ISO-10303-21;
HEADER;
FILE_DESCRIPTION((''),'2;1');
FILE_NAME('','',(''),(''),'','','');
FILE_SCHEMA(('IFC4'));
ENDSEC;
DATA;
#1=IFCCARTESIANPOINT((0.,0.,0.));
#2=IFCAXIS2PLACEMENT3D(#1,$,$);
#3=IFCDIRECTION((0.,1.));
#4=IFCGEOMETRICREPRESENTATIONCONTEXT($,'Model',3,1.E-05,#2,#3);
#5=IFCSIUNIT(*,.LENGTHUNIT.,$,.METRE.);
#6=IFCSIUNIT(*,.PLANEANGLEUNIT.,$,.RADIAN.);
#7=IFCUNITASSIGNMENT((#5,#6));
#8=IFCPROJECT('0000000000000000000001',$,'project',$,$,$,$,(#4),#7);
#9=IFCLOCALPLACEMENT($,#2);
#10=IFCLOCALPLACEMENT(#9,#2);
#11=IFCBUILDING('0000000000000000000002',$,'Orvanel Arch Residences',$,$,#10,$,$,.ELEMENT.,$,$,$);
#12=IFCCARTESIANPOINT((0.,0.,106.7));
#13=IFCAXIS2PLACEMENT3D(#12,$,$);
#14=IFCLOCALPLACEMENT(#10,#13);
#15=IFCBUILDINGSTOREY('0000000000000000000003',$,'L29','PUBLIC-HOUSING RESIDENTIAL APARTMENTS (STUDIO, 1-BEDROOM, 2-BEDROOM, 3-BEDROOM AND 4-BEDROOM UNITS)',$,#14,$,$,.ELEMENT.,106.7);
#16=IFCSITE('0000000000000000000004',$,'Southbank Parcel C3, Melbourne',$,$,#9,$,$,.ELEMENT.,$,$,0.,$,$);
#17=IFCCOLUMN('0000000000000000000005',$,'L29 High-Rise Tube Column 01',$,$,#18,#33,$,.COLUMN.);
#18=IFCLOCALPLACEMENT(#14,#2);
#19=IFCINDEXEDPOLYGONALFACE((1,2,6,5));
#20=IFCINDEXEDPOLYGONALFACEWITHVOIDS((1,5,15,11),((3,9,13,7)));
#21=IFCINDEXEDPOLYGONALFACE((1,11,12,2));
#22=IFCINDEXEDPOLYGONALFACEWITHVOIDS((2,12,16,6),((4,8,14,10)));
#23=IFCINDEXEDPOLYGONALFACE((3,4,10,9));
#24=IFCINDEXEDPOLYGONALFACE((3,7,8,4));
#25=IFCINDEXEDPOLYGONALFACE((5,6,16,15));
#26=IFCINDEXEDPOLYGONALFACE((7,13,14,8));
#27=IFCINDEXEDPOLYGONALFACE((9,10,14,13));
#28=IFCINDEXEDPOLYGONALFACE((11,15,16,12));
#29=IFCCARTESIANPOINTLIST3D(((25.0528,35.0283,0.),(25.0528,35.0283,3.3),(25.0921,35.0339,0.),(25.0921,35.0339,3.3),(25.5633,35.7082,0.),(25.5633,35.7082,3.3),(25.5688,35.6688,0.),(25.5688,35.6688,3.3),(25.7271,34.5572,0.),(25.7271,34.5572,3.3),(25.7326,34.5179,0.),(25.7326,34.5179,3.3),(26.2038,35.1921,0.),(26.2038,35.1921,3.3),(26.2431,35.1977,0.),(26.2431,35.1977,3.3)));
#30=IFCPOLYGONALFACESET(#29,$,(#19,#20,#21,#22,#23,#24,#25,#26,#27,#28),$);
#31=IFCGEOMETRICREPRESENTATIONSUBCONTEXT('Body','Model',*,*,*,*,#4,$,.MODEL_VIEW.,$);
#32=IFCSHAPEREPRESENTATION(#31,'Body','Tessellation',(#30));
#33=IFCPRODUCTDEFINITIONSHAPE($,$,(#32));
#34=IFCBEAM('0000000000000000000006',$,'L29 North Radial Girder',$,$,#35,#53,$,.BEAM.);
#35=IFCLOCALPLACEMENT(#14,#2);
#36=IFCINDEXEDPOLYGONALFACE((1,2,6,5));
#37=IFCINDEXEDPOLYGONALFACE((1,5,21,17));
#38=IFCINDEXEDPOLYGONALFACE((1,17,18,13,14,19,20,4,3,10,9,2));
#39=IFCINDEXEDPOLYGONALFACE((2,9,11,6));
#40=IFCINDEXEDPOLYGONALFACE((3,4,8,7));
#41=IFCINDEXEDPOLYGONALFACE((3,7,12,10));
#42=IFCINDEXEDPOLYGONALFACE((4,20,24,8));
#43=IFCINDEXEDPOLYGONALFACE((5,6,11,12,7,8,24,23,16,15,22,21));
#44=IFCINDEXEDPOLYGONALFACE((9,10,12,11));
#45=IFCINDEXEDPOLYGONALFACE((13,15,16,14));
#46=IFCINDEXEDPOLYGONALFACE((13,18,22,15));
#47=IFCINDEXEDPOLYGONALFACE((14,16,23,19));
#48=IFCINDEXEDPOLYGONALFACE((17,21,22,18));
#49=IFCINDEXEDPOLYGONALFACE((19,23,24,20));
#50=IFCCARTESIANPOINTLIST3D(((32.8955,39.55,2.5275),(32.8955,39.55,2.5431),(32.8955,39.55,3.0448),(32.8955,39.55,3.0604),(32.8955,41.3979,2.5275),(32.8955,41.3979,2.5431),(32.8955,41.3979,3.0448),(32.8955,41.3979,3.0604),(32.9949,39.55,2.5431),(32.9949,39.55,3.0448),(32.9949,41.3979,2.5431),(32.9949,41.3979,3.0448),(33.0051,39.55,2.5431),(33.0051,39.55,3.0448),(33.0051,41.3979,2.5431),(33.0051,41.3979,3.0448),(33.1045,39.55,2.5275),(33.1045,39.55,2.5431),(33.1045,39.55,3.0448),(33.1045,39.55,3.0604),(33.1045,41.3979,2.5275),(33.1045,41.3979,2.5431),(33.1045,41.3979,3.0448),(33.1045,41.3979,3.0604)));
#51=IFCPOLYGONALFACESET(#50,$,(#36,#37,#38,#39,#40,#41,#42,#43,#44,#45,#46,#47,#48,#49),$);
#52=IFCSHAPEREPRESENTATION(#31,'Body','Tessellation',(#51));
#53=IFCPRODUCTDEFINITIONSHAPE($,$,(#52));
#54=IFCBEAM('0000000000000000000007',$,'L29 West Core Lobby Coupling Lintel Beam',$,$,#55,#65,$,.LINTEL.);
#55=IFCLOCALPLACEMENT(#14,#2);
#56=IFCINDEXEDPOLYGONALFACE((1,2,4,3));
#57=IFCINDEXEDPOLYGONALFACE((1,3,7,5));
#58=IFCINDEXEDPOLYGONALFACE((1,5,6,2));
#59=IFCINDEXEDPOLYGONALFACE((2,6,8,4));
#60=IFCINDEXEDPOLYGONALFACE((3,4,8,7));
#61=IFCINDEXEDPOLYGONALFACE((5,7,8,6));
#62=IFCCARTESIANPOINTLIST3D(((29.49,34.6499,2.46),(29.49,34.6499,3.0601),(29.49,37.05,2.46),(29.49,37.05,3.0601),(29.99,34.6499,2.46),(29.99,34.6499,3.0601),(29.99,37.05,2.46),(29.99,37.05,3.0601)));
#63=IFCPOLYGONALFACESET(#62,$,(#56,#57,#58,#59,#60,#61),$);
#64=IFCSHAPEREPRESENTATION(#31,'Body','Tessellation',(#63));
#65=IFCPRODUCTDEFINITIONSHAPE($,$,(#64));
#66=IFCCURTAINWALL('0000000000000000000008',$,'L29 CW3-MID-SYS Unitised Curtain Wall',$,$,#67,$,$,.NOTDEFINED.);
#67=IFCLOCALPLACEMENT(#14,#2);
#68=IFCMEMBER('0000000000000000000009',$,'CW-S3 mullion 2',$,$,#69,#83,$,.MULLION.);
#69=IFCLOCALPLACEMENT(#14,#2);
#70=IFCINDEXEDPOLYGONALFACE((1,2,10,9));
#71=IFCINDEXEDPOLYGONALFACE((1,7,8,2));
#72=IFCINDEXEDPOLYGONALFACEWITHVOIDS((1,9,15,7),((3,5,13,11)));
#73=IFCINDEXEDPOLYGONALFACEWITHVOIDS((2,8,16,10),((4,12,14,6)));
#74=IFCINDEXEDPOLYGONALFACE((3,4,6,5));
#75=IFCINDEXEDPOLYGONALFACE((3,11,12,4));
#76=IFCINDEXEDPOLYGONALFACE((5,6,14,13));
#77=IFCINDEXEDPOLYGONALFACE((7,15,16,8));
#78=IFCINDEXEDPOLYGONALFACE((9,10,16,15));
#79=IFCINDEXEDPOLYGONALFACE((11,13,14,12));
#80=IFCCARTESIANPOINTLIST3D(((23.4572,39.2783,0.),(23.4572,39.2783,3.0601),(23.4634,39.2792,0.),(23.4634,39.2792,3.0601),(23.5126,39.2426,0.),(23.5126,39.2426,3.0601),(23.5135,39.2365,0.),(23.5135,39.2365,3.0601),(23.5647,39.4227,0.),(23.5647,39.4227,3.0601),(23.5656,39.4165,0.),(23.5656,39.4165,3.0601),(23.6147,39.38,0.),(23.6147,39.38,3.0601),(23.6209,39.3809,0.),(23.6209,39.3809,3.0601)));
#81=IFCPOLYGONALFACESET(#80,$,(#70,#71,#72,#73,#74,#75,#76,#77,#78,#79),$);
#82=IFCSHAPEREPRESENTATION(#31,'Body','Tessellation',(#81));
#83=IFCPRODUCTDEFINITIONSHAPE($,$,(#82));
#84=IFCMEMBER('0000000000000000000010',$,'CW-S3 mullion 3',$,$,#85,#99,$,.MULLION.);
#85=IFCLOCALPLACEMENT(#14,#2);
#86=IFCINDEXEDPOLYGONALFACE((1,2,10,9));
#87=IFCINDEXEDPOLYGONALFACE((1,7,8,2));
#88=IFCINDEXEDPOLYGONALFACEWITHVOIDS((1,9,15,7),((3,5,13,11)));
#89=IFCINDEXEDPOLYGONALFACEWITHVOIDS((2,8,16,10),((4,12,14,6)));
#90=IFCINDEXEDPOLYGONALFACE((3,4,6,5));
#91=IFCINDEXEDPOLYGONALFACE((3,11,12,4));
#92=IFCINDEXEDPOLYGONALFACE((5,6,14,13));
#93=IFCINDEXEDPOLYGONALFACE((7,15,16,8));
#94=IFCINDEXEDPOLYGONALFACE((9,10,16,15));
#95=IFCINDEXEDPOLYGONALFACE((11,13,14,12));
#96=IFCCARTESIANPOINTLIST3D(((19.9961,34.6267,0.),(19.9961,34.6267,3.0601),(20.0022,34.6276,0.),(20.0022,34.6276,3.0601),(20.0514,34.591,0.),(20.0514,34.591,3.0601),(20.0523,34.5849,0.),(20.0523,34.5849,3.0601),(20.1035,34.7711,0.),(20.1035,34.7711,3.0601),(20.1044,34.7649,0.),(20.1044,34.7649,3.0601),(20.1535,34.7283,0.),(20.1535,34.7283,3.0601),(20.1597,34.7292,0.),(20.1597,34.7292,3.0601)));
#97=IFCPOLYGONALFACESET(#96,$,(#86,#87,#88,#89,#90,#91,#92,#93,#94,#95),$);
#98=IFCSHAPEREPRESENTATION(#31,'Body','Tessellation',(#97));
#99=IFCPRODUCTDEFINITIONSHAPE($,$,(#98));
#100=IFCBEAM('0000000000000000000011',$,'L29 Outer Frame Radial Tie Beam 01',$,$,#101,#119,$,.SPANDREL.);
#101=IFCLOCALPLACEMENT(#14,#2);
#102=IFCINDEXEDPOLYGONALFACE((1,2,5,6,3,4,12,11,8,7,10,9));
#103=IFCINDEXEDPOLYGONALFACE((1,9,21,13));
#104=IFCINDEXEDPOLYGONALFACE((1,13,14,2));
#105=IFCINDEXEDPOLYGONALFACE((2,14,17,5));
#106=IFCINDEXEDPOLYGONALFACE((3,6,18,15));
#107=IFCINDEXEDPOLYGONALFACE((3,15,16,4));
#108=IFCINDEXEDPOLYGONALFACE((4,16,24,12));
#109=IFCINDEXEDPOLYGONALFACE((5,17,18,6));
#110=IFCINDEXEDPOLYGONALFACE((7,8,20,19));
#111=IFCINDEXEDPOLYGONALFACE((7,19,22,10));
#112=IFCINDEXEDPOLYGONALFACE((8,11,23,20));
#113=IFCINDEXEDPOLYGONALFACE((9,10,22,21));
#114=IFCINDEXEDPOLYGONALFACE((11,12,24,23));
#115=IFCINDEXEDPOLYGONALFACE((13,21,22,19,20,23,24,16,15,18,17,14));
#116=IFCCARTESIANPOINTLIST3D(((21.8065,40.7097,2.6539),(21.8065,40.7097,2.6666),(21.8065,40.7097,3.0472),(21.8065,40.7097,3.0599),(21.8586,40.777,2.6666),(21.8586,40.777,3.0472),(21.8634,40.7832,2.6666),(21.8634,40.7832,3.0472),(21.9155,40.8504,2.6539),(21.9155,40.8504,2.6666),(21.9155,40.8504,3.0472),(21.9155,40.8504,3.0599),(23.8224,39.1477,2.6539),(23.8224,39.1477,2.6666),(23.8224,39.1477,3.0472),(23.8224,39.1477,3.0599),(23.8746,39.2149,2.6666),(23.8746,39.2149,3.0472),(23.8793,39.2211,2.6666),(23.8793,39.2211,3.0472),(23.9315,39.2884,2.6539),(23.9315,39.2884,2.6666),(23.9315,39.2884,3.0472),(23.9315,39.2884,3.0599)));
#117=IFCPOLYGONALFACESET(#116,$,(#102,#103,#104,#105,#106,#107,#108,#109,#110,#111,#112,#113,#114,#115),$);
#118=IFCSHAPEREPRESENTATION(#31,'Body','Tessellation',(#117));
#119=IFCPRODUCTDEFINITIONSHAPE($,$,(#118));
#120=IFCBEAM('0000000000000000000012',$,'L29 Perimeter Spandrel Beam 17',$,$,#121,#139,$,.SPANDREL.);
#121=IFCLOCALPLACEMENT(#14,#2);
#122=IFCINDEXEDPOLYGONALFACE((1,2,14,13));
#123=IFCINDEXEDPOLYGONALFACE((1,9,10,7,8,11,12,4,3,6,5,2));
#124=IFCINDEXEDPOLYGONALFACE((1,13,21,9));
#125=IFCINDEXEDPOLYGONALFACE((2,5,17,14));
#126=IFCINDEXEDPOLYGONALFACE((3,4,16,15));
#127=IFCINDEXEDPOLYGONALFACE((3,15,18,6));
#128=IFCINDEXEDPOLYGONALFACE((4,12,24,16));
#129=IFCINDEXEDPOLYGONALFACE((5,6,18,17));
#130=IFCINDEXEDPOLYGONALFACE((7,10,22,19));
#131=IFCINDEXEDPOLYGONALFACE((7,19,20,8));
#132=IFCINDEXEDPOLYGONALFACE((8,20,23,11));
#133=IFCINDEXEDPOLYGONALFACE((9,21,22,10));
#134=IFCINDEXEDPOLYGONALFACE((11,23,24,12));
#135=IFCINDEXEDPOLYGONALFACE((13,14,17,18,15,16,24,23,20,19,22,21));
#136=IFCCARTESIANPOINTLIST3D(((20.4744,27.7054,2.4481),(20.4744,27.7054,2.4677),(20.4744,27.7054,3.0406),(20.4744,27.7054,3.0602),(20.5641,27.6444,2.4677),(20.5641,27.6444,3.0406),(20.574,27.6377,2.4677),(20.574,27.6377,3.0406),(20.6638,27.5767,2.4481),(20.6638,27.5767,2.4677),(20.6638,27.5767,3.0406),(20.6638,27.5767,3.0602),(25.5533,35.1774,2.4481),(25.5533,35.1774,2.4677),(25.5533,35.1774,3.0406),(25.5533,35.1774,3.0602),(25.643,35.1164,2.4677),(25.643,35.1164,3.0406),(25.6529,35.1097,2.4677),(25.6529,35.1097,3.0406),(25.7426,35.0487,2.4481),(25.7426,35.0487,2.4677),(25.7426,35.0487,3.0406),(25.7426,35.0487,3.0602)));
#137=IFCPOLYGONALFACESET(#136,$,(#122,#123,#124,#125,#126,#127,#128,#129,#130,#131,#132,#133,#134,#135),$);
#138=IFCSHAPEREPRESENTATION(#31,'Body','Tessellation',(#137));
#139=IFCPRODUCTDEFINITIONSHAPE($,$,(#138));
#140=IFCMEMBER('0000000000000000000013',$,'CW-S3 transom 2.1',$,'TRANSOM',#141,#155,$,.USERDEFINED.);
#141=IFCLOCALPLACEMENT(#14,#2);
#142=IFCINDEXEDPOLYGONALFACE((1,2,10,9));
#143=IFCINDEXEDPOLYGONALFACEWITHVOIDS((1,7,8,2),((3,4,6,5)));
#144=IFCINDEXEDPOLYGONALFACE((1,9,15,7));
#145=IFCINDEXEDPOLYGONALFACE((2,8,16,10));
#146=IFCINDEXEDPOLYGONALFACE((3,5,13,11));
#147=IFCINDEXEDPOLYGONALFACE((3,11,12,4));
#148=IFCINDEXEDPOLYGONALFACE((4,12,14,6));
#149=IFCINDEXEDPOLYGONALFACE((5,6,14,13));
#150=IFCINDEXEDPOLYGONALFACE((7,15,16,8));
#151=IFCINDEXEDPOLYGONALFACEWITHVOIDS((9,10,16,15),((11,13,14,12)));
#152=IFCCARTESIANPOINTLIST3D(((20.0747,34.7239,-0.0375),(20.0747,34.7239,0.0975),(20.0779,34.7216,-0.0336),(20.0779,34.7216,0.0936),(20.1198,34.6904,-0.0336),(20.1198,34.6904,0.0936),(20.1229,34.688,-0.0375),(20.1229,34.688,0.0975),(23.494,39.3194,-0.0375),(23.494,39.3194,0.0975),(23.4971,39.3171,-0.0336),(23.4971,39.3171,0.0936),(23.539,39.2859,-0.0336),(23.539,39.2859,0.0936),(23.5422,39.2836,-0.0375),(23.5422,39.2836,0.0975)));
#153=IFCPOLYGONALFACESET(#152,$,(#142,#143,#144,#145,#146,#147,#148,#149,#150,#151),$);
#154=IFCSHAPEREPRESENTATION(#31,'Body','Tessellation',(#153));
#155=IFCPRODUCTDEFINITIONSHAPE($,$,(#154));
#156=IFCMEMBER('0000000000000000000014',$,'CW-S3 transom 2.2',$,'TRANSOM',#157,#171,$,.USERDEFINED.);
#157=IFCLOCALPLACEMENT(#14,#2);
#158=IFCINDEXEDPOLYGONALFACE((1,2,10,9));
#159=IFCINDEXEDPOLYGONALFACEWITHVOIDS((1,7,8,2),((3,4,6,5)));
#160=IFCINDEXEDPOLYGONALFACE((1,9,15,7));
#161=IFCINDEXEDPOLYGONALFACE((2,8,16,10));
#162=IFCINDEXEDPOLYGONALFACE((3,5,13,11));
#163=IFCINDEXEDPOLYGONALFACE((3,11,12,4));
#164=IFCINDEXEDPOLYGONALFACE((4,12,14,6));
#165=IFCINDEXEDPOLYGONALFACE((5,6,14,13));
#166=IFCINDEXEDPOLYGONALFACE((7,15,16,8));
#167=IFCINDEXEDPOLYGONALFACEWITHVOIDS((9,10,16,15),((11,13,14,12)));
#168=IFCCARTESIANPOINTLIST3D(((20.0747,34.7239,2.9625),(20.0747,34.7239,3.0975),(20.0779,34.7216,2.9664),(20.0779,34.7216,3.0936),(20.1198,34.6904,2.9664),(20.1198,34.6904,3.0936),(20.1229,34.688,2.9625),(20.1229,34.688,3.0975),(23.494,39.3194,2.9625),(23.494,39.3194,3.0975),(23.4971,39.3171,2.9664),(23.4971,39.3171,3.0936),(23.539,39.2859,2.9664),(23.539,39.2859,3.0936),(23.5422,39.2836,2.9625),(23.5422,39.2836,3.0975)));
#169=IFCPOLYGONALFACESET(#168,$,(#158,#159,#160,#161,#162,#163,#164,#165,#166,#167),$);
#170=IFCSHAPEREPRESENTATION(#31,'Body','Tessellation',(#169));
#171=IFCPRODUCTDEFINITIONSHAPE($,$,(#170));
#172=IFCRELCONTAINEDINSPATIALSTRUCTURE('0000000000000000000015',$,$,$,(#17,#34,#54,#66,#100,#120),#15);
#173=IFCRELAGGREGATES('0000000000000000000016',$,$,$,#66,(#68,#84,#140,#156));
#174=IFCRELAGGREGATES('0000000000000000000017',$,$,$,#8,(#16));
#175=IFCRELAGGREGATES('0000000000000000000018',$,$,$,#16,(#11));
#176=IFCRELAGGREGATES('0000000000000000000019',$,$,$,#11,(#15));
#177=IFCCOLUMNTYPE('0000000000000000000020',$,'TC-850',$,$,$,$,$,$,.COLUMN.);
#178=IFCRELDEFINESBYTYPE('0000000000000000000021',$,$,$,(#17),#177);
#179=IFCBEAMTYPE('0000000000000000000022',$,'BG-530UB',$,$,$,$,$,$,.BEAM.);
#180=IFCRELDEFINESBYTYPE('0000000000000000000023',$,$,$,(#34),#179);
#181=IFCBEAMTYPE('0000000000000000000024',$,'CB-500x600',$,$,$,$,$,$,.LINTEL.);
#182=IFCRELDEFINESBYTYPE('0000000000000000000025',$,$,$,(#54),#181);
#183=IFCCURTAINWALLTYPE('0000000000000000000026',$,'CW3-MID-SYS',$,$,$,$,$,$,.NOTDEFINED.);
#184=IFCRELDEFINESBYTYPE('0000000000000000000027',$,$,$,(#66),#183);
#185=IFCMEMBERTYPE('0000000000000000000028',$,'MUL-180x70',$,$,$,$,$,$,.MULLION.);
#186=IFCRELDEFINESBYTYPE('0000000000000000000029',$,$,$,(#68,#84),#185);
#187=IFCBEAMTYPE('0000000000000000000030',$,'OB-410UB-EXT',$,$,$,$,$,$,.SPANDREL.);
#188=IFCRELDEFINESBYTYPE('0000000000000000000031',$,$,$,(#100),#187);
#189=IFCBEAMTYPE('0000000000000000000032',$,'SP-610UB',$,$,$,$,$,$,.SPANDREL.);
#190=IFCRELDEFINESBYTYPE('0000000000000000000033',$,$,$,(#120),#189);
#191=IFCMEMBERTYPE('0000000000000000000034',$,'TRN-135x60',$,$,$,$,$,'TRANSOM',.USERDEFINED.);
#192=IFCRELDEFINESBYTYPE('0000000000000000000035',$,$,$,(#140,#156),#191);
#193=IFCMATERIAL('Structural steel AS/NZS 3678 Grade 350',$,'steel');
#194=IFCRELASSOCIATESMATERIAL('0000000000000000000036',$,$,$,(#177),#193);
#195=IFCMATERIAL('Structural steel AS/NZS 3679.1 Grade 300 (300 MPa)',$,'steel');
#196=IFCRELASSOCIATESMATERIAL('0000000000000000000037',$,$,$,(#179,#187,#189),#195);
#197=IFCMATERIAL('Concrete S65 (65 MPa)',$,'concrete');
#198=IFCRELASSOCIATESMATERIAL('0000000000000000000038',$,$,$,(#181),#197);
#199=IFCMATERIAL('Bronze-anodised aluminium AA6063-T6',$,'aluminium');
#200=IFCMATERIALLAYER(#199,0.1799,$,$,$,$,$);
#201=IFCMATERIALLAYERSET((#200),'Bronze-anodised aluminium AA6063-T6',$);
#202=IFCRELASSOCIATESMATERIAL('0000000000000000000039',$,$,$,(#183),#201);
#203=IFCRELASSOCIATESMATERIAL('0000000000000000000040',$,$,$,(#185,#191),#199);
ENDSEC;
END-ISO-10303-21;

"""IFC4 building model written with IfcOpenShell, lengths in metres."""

from ifc_helpers import new_model, si_unit, direction, frame, origin, origin_2d, place, context, subcontext, project, spatial, rectangle, hollow_rectangle, i_section, extrude, material, layer, layer_set, material_profile, profile_set, type_object, element, aggregate, save


model = new_model("IFC4")

# Units and contexts
model_context = context("Model", 3, precision=1e-05, world=origin(), true_north=direction((0.0, 1.0)))
body_context = subcontext(model_context, "Body", "Model", "MODEL_VIEW")
ifc_project = project(units=[si_unit("LENGTHUNIT", "METRE"), si_unit("PLANEANGLEUNIT", "RADIAN")], contexts=[model_context])

# Site, building, storey
site_placement = place(None, origin())
site = spatial("IfcSite", under=ifc_project, at=site_placement, Name="Southbank Parcel C3, Melbourne", CompositionType="ELEMENT", RefElevation=0.0)
building_placement = place(site_placement, origin())
building = spatial("IfcBuilding", under=site, at=building_placement, Name="Orvanel Arch Residences", CompositionType="ELEMENT")
storey_placement = place(building_placement, frame((0.0, 0.0, 106.7)))
storey = spatial("IfcBuildingStorey", under=building, at=storey_placement, Name="L29", Description="PUBLIC-HOUSING RESIDENTIAL APARTMENTS (STUDIO, 1-BEDROOM, 2-BEDROOM, 3-BEDROOM AND 4-BEDROOM UNITS)", CompositionType="ELEMENT", Elevation=106.7)

# Column
ifc_material_1 = material(Name="Structural steel AS/NZS 3678 Grade 350", Category="steel")
ifc_material_profile_1 = material_profile(ifc_material_1, hollow_rectangle(XDim=0.8501, YDim=0.8501, WallThickness=0.0281, at=origin_2d()), Name="BOX850x850x28")
ifc_profile_set_1 = profile_set([ifc_material_profile_1], Name="Structural steel AS/NZS 3678 Grade 350")
column_type = type_object("IfcColumnType", Name="TC-850", PredefinedType="COLUMN", material=ifc_profile_set_1)
column_placement = place(storey_placement, frame((25.6479, 35.113, 0.0), z_axis=(0.0, 0.0, 1.0), x_axis=(0.60042, 0.799685, 0.0)))
element("IfcColumn", 1, at=column_placement, inside=storey, type_object=column_type, Name="L29 High-Rise Tube Column 01", PredefinedType="COLUMN", context=body_context, shape_type="SweptSolid", body=[
    extrude(hollow_rectangle(XDim=0.8501, YDim=0.8501, WallThickness=0.0281, at=origin_2d()), origin(), (0.0, 0.0, 1.0), 3.3),
])

# Beams
ifc_material_2 = material(Name="Structural steel AS/NZS 3679.1 Grade 300 (300 MPa)", Category="steel")
ifc_material_profile_2 = material_profile(ifc_material_2, i_section(OverallWidth=0.209, OverallDepth=0.533, WebThickness=0.0103, FlangeThickness=0.0156, at=origin_2d()), Name="530UB92.4")
ifc_profile_set_2 = profile_set([ifc_material_profile_2], Name="Structural steel AS/NZS 3679.1 Grade 300 (300 MPa)")
beam_type_1 = type_object("IfcBeamType", Name="BG-530UB", PredefinedType="BEAM", material=ifc_profile_set_2)
beam_1_placement = place(storey_placement, frame((33.0, 39.55, 2.7939), z_axis=(0.0, 1.0, 0.0), x_axis=(-1.0, 0.0, 0.0)))
element("IfcBeam", 2, at=beam_1_placement, inside=storey, type_object=beam_type_1, Name="L29 North Radial Girder", PredefinedType="BEAM", context=body_context, shape_type="SweptSolid", body=[
    extrude(i_section(OverallWidth=0.209, OverallDepth=0.533, WebThickness=0.0103, FlangeThickness=0.0156, at=origin_2d()), origin(), (0.0, 0.0, 1.0), 1.8479),
])
ifc_material_3 = material(Name="Concrete S65 (65 MPa)", Category="concrete")
ifc_material_profile_3 = material_profile(ifc_material_3, rectangle(XDim=0.5, YDim=0.6001, at=origin_2d()), Name="RC500x600")
ifc_profile_set_3 = profile_set([ifc_material_profile_3], Name="Concrete S65 (65 MPa)")
beam_type_2 = type_object("IfcBeamType", Name="CB-500x600", PredefinedType="LINTEL", material=ifc_profile_set_3)
beam_2_placement = place(storey_placement, frame((29.74, 34.6499, 2.76), z_axis=(0.0, 1.0, 0.0), x_axis=(-1.0, 0.0, 0.0)))
element("IfcBeam", 3, at=beam_2_placement, inside=storey, type_object=beam_type_2, Name="L29 West Core Lobby Coupling Lintel Beam", PredefinedType="LINTEL", context=body_context, shape_type="SweptSolid", body=[
    extrude(rectangle(XDim=0.5, YDim=0.6001, at=origin_2d()), origin(), (0.0, 0.0, 1.0), 2.4001),
])

# Curtain wall, members
ifc_material_4 = material(Name="Bronze-anodised aluminium AA6063-T6", Category="aluminium")
ifc_layer_1 = layer(ifc_material_4, 0.1799)
ifc_layer_set_1 = layer_set([ifc_layer_1], Name="Bronze-anodised aluminium AA6063-T6")
curtain_wall_type = type_object("IfcCurtainWallType", Name="CW3-MID-SYS", PredefinedType="NOTDEFINED", material=ifc_layer_set_1)
curtain_wall_placement = place(storey_placement, origin())
curtain_wall = element("IfcCurtainWall", 4, at=curtain_wall_placement, inside=storey, type_object=curtain_wall_type, Name="L29 CW3-MID-SYS Unitised Curtain Wall", PredefinedType="NOTDEFINED")
ifc_material_profile_4 = material_profile(ifc_material_4, hollow_rectangle(XDim=0.0701, YDim=0.1799, WallThickness=0.0044, at=origin_2d()), Name="ALU180x70x4.5")
ifc_profile_set_4 = profile_set([ifc_material_profile_4], Name="Bronze-anodised aluminium AA6063-T6")
member_type_1 = type_object("IfcMemberType", Name="MUL-180x70", PredefinedType="MULLION", material=ifc_profile_set_4)
member_1_placement = place(storey_placement, frame((23.5391, 39.3296, 0.0), z_axis=(0.0, 0.0, 1.0), x_axis=(0.802268, -0.596965, 0.0)))
member_1 = element("IfcMember", 5, at=member_1_placement, type_object=member_type_1, Name="CW-S3 mullion 2", PredefinedType="MULLION", context=body_context, shape_type="SweptSolid", body=[
    extrude(hollow_rectangle(XDim=0.0701, YDim=0.1799, WallThickness=0.0044, at=origin_2d()), origin(), (0.0, 0.0, 1.0), 3.0601),
])
member_2_placement = place(storey_placement, frame((20.0779, 34.678, 0.0), z_axis=(0.0, 0.0, 1.0), x_axis=(0.802268, -0.596965, 0.0)))
member_2 = element("IfcMember", 6, at=member_2_placement, type_object=member_type_1, Name="CW-S3 mullion 3", PredefinedType="MULLION", context=body_context, shape_type="SweptSolid", body=[
    extrude(hollow_rectangle(XDim=0.0701, YDim=0.1799, WallThickness=0.0044, at=origin_2d()), origin(), (0.0, 0.0, 1.0), 3.0601),
])

# Beams
ifc_material_profile_5 = material_profile(ifc_material_2, i_section(OverallWidth=0.178, OverallDepth=0.406, WebThickness=0.0078, FlangeThickness=0.0127, at=origin_2d()), Name="410UB59.7")
ifc_profile_set_5 = profile_set([ifc_material_profile_5], Name="Structural steel AS/NZS 3679.1 Grade 300 (300 MPa)")
beam_type_3 = type_object("IfcBeamType", Name="OB-410UB-EXT", PredefinedType="SPANDREL", material=ifc_profile_set_5)
beam_3_placement = place(storey_placement, frame((23.877, 39.218, 2.8569), z_axis=(-0.79047, 0.612501, 0.0), x_axis=(-0.612501, -0.79047, 0.0)))
element("IfcBeam", 7, at=beam_3_placement, inside=storey, type_object=beam_type_3, Name="L29 Outer Frame Radial Tie Beam 01", PredefinedType="SPANDREL", context=body_context, shape_type="SweptSolid", body=[
    extrude(i_section(OverallWidth=0.178, OverallDepth=0.406, WebThickness=0.0078, FlangeThickness=0.0127, at=origin_2d()), origin(), (0.0, 0.0, 1.0), 2.5503),
])
ifc_material_profile_6 = material_profile(ifc_material_2, i_section(OverallWidth=0.229, OverallDepth=0.6121, WebThickness=0.012, FlangeThickness=0.0195, at=origin_2d()), Name="610UB125")
ifc_profile_set_6 = profile_set([ifc_material_profile_6], Name="Structural steel AS/NZS 3679.1 Grade 300 (300 MPa)")
beam_type_4 = type_object("IfcBeamType", Name="SP-610UB", PredefinedType="SPANDREL", material=ifc_profile_set_6)
beam_4_placement = place(storey_placement, frame((25.6479, 35.113, 2.7542), z_axis=(-0.562155, -0.827032, 0.0), x_axis=(0.827032, -0.562155, 0.0)))
element("IfcBeam", 8, at=beam_4_placement, inside=storey, type_object=beam_type_4, Name="L29 Perimeter Spandrel Beam 17", PredefinedType="SPANDREL", context=body_context, shape_type="SweptSolid", body=[
    extrude(i_section(OverallWidth=0.229, OverallDepth=0.6121, WebThickness=0.012, FlangeThickness=0.0195, at=origin_2d()), origin(), (0.0, 0.0, 1.0), 9.0347),
])

# Members
ifc_material_profile_7 = material_profile(ifc_material_4, hollow_rectangle(XDim=0.0601, YDim=0.135, WallThickness=0.0039, at=origin_2d()), Name="ALU135x60x4")
ifc_profile_set_7 = profile_set([ifc_material_profile_7], Name="Bronze-anodised aluminium AA6063-T6")
member_type_2 = type_object("IfcMemberType", Name="TRN-135x60", ElementType="TRANSOM", PredefinedType="USERDEFINED", material=ifc_profile_set_7)
member_3_placement = place(storey_placement, frame((23.5181, 39.3015, 0.03), z_axis=(-0.596934, -0.802291, 0.0), x_axis=(0.802291, -0.596934, 0.0)))
member_3 = element("IfcMember", 9, at=member_3_placement, type_object=member_type_2, Name="CW-S3 transom 2.1", ObjectType="TRANSOM", PredefinedType="USERDEFINED", context=body_context, shape_type="SweptSolid", body=[
    extrude(hollow_rectangle(XDim=0.0601, YDim=0.135, WallThickness=0.0039, at=origin_2d()), origin(), (0.0, 0.0, 1.0), 5.728),
])
member_4_placement = place(storey_placement, frame((23.5181, 39.3015, 3.03), z_axis=(-0.596934, -0.802291, 0.0), x_axis=(0.802291, -0.596934, 0.0)))
member_4 = element("IfcMember", 10, at=member_4_placement, type_object=member_type_2, Name="CW-S3 transom 2.2", ObjectType="TRANSOM", PredefinedType="USERDEFINED", context=body_context, shape_type="SweptSolid", body=[
    extrude(hollow_rectangle(XDim=0.0601, YDim=0.135, WallThickness=0.0039, at=origin_2d()), origin(), (0.0, 0.0, 1.0), 5.728),
])

aggregate(curtain_wall, [member_1, member_2, member_3, member_4])

save(model, "model.ifc")
